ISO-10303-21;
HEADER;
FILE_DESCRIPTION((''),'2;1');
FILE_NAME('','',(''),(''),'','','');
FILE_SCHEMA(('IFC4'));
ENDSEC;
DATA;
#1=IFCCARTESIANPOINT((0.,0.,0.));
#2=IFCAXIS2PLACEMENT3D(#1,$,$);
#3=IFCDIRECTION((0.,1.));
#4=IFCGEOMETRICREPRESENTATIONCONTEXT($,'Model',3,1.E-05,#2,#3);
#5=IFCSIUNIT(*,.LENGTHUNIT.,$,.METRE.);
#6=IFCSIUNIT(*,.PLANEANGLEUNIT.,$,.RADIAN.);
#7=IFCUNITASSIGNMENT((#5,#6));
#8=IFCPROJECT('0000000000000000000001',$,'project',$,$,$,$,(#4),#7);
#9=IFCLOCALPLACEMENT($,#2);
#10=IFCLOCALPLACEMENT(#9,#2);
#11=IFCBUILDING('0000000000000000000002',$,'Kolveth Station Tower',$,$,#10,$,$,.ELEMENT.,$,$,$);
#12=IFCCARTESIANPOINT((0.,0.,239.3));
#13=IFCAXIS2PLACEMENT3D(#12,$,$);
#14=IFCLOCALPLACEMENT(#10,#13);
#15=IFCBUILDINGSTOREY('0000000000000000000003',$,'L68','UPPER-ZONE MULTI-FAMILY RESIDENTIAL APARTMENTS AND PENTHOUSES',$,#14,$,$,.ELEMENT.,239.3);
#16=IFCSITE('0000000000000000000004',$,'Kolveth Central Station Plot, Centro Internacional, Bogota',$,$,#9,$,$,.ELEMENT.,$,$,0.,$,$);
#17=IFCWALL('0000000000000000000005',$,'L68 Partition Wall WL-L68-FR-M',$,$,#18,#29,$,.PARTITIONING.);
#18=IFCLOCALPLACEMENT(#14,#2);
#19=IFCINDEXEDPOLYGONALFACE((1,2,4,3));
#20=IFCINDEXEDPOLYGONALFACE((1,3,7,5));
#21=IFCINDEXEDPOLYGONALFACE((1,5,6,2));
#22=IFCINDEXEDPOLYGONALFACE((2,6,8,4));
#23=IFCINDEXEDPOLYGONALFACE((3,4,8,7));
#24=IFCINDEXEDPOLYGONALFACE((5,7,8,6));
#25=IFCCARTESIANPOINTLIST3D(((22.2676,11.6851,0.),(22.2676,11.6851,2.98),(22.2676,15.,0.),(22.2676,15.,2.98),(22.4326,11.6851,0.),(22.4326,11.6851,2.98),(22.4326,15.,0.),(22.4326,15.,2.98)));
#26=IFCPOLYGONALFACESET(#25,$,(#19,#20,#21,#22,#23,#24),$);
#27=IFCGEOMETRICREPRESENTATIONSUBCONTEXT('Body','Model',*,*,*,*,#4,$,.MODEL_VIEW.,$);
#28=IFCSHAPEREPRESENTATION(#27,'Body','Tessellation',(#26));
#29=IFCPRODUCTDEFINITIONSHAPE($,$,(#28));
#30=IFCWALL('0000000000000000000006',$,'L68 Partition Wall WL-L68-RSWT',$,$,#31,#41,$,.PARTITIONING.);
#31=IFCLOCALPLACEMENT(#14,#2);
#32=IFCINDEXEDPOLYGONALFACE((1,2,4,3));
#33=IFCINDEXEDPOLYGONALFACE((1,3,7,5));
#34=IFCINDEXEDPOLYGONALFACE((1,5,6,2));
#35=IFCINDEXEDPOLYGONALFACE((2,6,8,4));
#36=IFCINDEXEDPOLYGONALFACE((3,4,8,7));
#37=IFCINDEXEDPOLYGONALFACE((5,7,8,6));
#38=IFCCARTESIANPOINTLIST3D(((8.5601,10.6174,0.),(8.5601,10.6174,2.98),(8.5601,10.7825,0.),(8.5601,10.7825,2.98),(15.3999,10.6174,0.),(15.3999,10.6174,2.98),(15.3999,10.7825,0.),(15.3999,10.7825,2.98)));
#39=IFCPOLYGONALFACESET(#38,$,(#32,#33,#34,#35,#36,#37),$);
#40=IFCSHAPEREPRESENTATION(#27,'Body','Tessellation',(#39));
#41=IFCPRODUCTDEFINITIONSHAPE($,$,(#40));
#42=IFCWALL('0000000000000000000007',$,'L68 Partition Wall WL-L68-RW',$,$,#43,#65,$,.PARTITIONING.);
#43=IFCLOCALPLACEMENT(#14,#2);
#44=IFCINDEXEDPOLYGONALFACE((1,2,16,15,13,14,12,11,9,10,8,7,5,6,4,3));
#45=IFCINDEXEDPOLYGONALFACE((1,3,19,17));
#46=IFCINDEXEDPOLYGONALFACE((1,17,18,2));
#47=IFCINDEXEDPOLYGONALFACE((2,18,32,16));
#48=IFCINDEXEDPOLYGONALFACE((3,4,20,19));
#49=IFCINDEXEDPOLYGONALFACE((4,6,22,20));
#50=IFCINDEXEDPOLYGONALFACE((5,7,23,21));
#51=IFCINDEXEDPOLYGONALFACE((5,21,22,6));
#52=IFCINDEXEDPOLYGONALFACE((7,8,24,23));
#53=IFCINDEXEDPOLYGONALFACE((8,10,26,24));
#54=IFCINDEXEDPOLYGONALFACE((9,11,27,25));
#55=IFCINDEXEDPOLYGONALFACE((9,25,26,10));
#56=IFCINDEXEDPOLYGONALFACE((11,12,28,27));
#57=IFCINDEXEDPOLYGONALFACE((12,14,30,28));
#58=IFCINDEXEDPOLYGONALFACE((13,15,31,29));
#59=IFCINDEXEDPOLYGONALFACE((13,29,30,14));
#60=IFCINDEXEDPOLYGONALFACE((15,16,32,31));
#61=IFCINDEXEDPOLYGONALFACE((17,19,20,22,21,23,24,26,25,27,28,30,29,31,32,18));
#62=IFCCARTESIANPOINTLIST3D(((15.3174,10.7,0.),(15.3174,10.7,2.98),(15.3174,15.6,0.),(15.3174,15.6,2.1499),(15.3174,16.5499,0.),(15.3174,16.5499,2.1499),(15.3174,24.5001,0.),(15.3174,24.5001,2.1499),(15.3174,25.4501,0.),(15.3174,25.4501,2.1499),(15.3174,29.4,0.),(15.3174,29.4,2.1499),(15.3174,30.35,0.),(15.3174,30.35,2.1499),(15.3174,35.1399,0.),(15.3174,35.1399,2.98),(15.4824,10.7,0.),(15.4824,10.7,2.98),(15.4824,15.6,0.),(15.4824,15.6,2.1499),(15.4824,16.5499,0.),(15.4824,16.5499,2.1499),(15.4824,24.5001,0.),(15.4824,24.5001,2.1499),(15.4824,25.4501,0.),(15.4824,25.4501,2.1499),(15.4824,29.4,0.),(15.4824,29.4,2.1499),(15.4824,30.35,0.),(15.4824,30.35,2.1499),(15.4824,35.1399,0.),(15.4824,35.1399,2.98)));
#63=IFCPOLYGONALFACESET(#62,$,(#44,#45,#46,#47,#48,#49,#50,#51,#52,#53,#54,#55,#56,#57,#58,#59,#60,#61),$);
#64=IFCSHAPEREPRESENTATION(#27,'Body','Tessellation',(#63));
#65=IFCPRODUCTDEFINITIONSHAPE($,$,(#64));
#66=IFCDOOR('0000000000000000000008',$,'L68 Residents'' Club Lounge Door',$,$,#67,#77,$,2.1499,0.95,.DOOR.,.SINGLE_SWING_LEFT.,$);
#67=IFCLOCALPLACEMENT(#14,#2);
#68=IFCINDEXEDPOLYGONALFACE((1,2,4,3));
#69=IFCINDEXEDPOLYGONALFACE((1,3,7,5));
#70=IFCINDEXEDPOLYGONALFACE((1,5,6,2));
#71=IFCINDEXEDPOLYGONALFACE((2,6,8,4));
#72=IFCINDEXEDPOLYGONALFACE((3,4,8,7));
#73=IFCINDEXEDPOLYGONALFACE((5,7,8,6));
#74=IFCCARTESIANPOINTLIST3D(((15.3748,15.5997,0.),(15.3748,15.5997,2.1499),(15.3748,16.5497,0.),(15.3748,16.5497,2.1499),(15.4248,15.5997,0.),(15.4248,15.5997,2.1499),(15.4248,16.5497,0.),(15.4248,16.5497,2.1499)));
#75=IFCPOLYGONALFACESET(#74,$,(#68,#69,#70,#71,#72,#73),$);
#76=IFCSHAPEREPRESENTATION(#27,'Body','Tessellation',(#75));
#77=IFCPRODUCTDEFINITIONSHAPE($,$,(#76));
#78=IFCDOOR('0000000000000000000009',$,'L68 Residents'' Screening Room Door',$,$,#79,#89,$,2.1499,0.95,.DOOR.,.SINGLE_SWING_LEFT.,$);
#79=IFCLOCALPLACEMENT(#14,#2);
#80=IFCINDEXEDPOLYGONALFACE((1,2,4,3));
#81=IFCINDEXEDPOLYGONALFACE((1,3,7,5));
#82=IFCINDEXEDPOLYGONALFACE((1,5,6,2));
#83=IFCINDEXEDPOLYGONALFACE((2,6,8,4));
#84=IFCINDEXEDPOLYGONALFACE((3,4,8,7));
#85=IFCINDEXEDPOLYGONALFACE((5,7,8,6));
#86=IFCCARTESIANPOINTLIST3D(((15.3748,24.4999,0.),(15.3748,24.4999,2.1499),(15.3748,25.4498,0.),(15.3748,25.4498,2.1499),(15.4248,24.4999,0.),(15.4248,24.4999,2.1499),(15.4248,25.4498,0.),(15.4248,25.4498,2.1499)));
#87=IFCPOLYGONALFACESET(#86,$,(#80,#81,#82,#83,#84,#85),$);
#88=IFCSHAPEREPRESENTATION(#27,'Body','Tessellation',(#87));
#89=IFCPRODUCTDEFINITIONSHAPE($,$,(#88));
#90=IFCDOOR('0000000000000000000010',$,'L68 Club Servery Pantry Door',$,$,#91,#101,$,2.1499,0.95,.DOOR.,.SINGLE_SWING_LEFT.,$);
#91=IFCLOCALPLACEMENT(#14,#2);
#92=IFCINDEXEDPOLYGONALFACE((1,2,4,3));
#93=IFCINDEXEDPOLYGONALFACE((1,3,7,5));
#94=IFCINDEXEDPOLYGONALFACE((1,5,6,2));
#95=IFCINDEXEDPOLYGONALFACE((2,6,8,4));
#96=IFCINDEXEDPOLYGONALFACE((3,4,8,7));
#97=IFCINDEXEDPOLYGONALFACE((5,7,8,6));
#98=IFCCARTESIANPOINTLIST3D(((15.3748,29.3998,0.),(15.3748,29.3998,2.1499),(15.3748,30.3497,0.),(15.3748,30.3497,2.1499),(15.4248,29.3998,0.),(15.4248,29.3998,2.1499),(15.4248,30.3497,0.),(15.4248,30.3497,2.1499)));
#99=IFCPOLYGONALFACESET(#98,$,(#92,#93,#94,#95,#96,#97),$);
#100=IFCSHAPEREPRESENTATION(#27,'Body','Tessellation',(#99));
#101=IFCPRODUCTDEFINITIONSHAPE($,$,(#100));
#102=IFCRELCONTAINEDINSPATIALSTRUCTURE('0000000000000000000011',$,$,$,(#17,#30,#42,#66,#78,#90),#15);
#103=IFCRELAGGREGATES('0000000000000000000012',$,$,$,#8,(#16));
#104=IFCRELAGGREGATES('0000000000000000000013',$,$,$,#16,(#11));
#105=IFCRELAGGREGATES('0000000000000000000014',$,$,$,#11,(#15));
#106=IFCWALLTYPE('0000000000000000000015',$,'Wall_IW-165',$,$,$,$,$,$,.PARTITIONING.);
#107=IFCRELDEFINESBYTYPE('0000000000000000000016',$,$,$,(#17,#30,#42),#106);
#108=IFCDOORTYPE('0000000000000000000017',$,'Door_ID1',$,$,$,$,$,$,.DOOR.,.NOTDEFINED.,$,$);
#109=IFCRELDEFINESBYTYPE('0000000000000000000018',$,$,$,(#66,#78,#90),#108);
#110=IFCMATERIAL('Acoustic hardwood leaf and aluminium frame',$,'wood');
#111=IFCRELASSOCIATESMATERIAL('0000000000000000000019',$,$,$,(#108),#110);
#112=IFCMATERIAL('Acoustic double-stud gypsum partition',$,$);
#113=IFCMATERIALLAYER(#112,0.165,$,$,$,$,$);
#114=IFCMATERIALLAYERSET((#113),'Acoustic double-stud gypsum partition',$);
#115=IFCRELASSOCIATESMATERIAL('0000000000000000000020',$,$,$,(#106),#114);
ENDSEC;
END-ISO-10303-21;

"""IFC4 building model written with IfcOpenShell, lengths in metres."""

from ifc_helpers import new_model, si_unit, direction, frame, frame_2d, origin, place, context, subcontext, project, spatial, rectangle, extrude, material, layer, layer_set, type_object, element, fill, save


model = new_model("IFC4")

# Units and contexts
model_context = context("Model", 3, precision=1e-05, world=origin(), true_north=direction((0.0, 1.0)))
body_context = subcontext(model_context, "Body", "Model", "MODEL_VIEW")
ifc_project = project(units=[si_unit("LENGTHUNIT", "METRE"), si_unit("PLANEANGLEUNIT", "RADIAN")], contexts=[model_context])

# Site, building, storey
site_placement = place(None, origin())
site = spatial("IfcSite", under=ifc_project, at=site_placement, Name="Kolveth Central Station Plot, Centro Internacional, Bogota", CompositionType="ELEMENT", RefElevation=0.0)
building_placement = place(site_placement, origin())
building = spatial("IfcBuilding", under=site, at=building_placement, Name="Kolveth Station Tower", CompositionType="ELEMENT")
storey_placement = place(building_placement, frame((0.0, 0.0, 239.3)))
storey = spatial("IfcBuildingStorey", under=building, at=storey_placement, Name="L68", Description="UPPER-ZONE MULTI-FAMILY RESIDENTIAL APARTMENTS AND PENTHOUSES", CompositionType="ELEMENT", Elevation=239.3)

# Shared definitions
ifc_material_1 = material(Name="Acoustic hardwood leaf and aluminium frame", Category="wood")
door_type_1 = type_object("IfcDoorType", Name="Door_ID1", OperationType="NOTDEFINED", PredefinedType="DOOR", material=ifc_material_1)

# Walls
ifc_material_2 = material(Name="Acoustic double-stud gypsum partition")
ifc_layer_1 = layer(ifc_material_2, 0.165)
ifc_layer_set_1 = layer_set([ifc_layer_1], Name="Acoustic double-stud gypsum partition")
wall_type_1 = type_object("IfcWallType", Name="Wall_IW-165", PredefinedType="PARTITIONING", material=ifc_layer_set_1)
wall_1_placement = place(storey_placement, frame((22.3501, 11.6851, 0.0), z_axis=(0.0, 0.0, 1.0), x_axis=(0.0, 1.0, 0.0)))
element("IfcWall", 1, at=wall_1_placement, inside=storey, type_object=wall_type_1, Name="L68 Partition Wall WL-L68-FR-M", PredefinedType="PARTITIONING", context=body_context, shape_type="SweptSolid", body=[
    extrude(rectangle(XDim=3.3149, YDim=0.165, at=frame_2d((1.6575, 0.0))), origin(), (0.0, 0.0, 1.0), 2.98),
])
wall_2_placement = place(storey_placement, frame((8.5601, 10.7, 0.0), z_axis=(0.0, 0.0, 1.0), x_axis=(1.0, 0.0, 0.0)))
element("IfcWall", 2, at=wall_2_placement, inside=storey, type_object=wall_type_1, Name="L68 Partition Wall WL-L68-RSWT", PredefinedType="PARTITIONING", context=body_context, shape_type="SweptSolid", body=[
    extrude(rectangle(XDim=6.8398, YDim=0.165, at=frame_2d((3.4199, 0.0))), origin(), (0.0, 0.0, 1.0), 2.98),
])

# Wall, openings, doors
wall_3_placement = place(storey_placement, frame((15.3999, 10.7, 0.0), z_axis=(0.0, 0.0, 1.0), x_axis=(0.0, 1.0, 0.0)))
wall_3 = element("IfcWall", 3, at=wall_3_placement, inside=storey, type_object=wall_type_1, Name="L68 Partition Wall WL-L68-RW", PredefinedType="PARTITIONING", context=body_context, shape_type="SweptSolid", body=[
    extrude(rectangle(XDim=24.4399, YDim=0.165, at=frame_2d((12.22, 0.0))), origin(), (0.0, 0.0, 1.0), 2.98),
])
opening_1_placement = place(wall_3_placement, frame((4.8999, 0.0, 0.0)))
opening_1 = element("IfcOpeningElement", 4, at=opening_1_placement, cuts=wall_3, PredefinedType="OPENING", context=body_context, shape_type="SweptSolid", body=[
    extrude(rectangle(XDim=0.95, YDim=2.1499, at=frame_2d((0.4751, 1.075))), frame((0.0, 0.0925, 0.0), z_axis=(0.0, -1.0, 0.0), x_axis=(1.0, 0.0, 0.0)), (0.0, 0.0, 1.0), 0.1851),
])
opening_2_placement = place(wall_3_placement, frame((13.8, 0.0, 0.0)))
opening_2 = element("IfcOpeningElement", 5, at=opening_2_placement, cuts=wall_3, PredefinedType="OPENING", context=body_context, shape_type="SweptSolid", body=[
    extrude(rectangle(XDim=0.95, YDim=2.1499, at=frame_2d((0.4751, 1.075))), frame((0.0, 0.0925, 0.0), z_axis=(0.0, -1.0, 0.0), x_axis=(1.0, 0.0, 0.0)), (0.0, 0.0, 1.0), 0.1851),
])
opening_3_placement = place(wall_3_placement, frame((18.7, 0.0, 0.0)))
opening_3 = element("IfcOpeningElement", 6, at=opening_3_placement, cuts=wall_3, PredefinedType="OPENING", context=body_context, shape_type="SweptSolid", body=[
    extrude(rectangle(XDim=0.95, YDim=2.1499, at=frame_2d((0.4751, 1.075))), frame((0.0, 0.0925, 0.0), z_axis=(0.0, -1.0, 0.0), x_axis=(1.0, 0.0, 0.0)), (0.0, 0.0, 1.0), 0.1851),
])
door_1_placement = place(opening_1_placement, frame((0.95, 0.0, 0.0), z_axis=(0.0, 0.0, 1.0), x_axis=(-1.0, 0.0, 0.0)))
door_1 = element("IfcDoor", 7, at=door_1_placement, inside=storey, type_object=door_type_1, Name="L68 Residents' Club Lounge Door", OperationType="SINGLE_SWING_LEFT", OverallHeight=2.1499, OverallWidth=0.95, PredefinedType="DOOR", context=body_context, shape_type="SweptSolid", body=[
    extrude(rectangle(XDim=0.95, YDim=2.1499, at=frame_2d((0.4751, 1.075))), frame((0.0, 0.0249, 0.0), z_axis=(0.0, -1.0, 0.0), x_axis=(1.0, 0.0, 0.0)), (0.0, 0.0, 1.0), 0.05),
])
fill(opening_1, door_1)
door_2_placement = place(opening_2_placement, frame((0.95, 0.0, 0.0), z_axis=(0.0, 0.0, 1.0), x_axis=(-1.0, 0.0, 0.0)))
door_2 = element("IfcDoor", 8, at=door_2_placement, inside=storey, type_object=door_type_1, Name="L68 Residents' Screening Room Door", OperationType="SINGLE_SWING_LEFT", OverallHeight=2.1499, OverallWidth=0.95, PredefinedType="DOOR", context=body_context, shape_type="SweptSolid", body=[
    extrude(rectangle(XDim=0.95, YDim=2.1499, at=frame_2d((0.4751, 1.075))), frame((0.0, 0.0249, 0.0), z_axis=(0.0, -1.0, 0.0), x_axis=(1.0, 0.0, 0.0)), (0.0, 0.0, 1.0), 0.05),
])
fill(opening_2, door_2)
door_3_placement = place(opening_3_placement, frame((0.95, 0.0, 0.0), z_axis=(0.0, 0.0, 1.0), x_axis=(-1.0, 0.0, 0.0)))
door_3 = element("IfcDoor", 9, at=door_3_placement, inside=storey, type_object=door_type_1, Name="L68 Club Servery Pantry Door", OperationType="SINGLE_SWING_LEFT", OverallHeight=2.1499, OverallWidth=0.95, PredefinedType="DOOR", context=body_context, shape_type="SweptSolid", body=[
    extrude(rectangle(XDim=0.95, YDim=2.1499, at=frame_2d((0.4751, 1.075))), frame((0.0, 0.0249, 0.0), z_axis=(0.0, -1.0, 0.0), x_axis=(1.0, 0.0, 0.0)), (0.0, 0.0, 1.0), 0.05),
])
fill(opening_3, door_3)

save(model, "model.ifc")
